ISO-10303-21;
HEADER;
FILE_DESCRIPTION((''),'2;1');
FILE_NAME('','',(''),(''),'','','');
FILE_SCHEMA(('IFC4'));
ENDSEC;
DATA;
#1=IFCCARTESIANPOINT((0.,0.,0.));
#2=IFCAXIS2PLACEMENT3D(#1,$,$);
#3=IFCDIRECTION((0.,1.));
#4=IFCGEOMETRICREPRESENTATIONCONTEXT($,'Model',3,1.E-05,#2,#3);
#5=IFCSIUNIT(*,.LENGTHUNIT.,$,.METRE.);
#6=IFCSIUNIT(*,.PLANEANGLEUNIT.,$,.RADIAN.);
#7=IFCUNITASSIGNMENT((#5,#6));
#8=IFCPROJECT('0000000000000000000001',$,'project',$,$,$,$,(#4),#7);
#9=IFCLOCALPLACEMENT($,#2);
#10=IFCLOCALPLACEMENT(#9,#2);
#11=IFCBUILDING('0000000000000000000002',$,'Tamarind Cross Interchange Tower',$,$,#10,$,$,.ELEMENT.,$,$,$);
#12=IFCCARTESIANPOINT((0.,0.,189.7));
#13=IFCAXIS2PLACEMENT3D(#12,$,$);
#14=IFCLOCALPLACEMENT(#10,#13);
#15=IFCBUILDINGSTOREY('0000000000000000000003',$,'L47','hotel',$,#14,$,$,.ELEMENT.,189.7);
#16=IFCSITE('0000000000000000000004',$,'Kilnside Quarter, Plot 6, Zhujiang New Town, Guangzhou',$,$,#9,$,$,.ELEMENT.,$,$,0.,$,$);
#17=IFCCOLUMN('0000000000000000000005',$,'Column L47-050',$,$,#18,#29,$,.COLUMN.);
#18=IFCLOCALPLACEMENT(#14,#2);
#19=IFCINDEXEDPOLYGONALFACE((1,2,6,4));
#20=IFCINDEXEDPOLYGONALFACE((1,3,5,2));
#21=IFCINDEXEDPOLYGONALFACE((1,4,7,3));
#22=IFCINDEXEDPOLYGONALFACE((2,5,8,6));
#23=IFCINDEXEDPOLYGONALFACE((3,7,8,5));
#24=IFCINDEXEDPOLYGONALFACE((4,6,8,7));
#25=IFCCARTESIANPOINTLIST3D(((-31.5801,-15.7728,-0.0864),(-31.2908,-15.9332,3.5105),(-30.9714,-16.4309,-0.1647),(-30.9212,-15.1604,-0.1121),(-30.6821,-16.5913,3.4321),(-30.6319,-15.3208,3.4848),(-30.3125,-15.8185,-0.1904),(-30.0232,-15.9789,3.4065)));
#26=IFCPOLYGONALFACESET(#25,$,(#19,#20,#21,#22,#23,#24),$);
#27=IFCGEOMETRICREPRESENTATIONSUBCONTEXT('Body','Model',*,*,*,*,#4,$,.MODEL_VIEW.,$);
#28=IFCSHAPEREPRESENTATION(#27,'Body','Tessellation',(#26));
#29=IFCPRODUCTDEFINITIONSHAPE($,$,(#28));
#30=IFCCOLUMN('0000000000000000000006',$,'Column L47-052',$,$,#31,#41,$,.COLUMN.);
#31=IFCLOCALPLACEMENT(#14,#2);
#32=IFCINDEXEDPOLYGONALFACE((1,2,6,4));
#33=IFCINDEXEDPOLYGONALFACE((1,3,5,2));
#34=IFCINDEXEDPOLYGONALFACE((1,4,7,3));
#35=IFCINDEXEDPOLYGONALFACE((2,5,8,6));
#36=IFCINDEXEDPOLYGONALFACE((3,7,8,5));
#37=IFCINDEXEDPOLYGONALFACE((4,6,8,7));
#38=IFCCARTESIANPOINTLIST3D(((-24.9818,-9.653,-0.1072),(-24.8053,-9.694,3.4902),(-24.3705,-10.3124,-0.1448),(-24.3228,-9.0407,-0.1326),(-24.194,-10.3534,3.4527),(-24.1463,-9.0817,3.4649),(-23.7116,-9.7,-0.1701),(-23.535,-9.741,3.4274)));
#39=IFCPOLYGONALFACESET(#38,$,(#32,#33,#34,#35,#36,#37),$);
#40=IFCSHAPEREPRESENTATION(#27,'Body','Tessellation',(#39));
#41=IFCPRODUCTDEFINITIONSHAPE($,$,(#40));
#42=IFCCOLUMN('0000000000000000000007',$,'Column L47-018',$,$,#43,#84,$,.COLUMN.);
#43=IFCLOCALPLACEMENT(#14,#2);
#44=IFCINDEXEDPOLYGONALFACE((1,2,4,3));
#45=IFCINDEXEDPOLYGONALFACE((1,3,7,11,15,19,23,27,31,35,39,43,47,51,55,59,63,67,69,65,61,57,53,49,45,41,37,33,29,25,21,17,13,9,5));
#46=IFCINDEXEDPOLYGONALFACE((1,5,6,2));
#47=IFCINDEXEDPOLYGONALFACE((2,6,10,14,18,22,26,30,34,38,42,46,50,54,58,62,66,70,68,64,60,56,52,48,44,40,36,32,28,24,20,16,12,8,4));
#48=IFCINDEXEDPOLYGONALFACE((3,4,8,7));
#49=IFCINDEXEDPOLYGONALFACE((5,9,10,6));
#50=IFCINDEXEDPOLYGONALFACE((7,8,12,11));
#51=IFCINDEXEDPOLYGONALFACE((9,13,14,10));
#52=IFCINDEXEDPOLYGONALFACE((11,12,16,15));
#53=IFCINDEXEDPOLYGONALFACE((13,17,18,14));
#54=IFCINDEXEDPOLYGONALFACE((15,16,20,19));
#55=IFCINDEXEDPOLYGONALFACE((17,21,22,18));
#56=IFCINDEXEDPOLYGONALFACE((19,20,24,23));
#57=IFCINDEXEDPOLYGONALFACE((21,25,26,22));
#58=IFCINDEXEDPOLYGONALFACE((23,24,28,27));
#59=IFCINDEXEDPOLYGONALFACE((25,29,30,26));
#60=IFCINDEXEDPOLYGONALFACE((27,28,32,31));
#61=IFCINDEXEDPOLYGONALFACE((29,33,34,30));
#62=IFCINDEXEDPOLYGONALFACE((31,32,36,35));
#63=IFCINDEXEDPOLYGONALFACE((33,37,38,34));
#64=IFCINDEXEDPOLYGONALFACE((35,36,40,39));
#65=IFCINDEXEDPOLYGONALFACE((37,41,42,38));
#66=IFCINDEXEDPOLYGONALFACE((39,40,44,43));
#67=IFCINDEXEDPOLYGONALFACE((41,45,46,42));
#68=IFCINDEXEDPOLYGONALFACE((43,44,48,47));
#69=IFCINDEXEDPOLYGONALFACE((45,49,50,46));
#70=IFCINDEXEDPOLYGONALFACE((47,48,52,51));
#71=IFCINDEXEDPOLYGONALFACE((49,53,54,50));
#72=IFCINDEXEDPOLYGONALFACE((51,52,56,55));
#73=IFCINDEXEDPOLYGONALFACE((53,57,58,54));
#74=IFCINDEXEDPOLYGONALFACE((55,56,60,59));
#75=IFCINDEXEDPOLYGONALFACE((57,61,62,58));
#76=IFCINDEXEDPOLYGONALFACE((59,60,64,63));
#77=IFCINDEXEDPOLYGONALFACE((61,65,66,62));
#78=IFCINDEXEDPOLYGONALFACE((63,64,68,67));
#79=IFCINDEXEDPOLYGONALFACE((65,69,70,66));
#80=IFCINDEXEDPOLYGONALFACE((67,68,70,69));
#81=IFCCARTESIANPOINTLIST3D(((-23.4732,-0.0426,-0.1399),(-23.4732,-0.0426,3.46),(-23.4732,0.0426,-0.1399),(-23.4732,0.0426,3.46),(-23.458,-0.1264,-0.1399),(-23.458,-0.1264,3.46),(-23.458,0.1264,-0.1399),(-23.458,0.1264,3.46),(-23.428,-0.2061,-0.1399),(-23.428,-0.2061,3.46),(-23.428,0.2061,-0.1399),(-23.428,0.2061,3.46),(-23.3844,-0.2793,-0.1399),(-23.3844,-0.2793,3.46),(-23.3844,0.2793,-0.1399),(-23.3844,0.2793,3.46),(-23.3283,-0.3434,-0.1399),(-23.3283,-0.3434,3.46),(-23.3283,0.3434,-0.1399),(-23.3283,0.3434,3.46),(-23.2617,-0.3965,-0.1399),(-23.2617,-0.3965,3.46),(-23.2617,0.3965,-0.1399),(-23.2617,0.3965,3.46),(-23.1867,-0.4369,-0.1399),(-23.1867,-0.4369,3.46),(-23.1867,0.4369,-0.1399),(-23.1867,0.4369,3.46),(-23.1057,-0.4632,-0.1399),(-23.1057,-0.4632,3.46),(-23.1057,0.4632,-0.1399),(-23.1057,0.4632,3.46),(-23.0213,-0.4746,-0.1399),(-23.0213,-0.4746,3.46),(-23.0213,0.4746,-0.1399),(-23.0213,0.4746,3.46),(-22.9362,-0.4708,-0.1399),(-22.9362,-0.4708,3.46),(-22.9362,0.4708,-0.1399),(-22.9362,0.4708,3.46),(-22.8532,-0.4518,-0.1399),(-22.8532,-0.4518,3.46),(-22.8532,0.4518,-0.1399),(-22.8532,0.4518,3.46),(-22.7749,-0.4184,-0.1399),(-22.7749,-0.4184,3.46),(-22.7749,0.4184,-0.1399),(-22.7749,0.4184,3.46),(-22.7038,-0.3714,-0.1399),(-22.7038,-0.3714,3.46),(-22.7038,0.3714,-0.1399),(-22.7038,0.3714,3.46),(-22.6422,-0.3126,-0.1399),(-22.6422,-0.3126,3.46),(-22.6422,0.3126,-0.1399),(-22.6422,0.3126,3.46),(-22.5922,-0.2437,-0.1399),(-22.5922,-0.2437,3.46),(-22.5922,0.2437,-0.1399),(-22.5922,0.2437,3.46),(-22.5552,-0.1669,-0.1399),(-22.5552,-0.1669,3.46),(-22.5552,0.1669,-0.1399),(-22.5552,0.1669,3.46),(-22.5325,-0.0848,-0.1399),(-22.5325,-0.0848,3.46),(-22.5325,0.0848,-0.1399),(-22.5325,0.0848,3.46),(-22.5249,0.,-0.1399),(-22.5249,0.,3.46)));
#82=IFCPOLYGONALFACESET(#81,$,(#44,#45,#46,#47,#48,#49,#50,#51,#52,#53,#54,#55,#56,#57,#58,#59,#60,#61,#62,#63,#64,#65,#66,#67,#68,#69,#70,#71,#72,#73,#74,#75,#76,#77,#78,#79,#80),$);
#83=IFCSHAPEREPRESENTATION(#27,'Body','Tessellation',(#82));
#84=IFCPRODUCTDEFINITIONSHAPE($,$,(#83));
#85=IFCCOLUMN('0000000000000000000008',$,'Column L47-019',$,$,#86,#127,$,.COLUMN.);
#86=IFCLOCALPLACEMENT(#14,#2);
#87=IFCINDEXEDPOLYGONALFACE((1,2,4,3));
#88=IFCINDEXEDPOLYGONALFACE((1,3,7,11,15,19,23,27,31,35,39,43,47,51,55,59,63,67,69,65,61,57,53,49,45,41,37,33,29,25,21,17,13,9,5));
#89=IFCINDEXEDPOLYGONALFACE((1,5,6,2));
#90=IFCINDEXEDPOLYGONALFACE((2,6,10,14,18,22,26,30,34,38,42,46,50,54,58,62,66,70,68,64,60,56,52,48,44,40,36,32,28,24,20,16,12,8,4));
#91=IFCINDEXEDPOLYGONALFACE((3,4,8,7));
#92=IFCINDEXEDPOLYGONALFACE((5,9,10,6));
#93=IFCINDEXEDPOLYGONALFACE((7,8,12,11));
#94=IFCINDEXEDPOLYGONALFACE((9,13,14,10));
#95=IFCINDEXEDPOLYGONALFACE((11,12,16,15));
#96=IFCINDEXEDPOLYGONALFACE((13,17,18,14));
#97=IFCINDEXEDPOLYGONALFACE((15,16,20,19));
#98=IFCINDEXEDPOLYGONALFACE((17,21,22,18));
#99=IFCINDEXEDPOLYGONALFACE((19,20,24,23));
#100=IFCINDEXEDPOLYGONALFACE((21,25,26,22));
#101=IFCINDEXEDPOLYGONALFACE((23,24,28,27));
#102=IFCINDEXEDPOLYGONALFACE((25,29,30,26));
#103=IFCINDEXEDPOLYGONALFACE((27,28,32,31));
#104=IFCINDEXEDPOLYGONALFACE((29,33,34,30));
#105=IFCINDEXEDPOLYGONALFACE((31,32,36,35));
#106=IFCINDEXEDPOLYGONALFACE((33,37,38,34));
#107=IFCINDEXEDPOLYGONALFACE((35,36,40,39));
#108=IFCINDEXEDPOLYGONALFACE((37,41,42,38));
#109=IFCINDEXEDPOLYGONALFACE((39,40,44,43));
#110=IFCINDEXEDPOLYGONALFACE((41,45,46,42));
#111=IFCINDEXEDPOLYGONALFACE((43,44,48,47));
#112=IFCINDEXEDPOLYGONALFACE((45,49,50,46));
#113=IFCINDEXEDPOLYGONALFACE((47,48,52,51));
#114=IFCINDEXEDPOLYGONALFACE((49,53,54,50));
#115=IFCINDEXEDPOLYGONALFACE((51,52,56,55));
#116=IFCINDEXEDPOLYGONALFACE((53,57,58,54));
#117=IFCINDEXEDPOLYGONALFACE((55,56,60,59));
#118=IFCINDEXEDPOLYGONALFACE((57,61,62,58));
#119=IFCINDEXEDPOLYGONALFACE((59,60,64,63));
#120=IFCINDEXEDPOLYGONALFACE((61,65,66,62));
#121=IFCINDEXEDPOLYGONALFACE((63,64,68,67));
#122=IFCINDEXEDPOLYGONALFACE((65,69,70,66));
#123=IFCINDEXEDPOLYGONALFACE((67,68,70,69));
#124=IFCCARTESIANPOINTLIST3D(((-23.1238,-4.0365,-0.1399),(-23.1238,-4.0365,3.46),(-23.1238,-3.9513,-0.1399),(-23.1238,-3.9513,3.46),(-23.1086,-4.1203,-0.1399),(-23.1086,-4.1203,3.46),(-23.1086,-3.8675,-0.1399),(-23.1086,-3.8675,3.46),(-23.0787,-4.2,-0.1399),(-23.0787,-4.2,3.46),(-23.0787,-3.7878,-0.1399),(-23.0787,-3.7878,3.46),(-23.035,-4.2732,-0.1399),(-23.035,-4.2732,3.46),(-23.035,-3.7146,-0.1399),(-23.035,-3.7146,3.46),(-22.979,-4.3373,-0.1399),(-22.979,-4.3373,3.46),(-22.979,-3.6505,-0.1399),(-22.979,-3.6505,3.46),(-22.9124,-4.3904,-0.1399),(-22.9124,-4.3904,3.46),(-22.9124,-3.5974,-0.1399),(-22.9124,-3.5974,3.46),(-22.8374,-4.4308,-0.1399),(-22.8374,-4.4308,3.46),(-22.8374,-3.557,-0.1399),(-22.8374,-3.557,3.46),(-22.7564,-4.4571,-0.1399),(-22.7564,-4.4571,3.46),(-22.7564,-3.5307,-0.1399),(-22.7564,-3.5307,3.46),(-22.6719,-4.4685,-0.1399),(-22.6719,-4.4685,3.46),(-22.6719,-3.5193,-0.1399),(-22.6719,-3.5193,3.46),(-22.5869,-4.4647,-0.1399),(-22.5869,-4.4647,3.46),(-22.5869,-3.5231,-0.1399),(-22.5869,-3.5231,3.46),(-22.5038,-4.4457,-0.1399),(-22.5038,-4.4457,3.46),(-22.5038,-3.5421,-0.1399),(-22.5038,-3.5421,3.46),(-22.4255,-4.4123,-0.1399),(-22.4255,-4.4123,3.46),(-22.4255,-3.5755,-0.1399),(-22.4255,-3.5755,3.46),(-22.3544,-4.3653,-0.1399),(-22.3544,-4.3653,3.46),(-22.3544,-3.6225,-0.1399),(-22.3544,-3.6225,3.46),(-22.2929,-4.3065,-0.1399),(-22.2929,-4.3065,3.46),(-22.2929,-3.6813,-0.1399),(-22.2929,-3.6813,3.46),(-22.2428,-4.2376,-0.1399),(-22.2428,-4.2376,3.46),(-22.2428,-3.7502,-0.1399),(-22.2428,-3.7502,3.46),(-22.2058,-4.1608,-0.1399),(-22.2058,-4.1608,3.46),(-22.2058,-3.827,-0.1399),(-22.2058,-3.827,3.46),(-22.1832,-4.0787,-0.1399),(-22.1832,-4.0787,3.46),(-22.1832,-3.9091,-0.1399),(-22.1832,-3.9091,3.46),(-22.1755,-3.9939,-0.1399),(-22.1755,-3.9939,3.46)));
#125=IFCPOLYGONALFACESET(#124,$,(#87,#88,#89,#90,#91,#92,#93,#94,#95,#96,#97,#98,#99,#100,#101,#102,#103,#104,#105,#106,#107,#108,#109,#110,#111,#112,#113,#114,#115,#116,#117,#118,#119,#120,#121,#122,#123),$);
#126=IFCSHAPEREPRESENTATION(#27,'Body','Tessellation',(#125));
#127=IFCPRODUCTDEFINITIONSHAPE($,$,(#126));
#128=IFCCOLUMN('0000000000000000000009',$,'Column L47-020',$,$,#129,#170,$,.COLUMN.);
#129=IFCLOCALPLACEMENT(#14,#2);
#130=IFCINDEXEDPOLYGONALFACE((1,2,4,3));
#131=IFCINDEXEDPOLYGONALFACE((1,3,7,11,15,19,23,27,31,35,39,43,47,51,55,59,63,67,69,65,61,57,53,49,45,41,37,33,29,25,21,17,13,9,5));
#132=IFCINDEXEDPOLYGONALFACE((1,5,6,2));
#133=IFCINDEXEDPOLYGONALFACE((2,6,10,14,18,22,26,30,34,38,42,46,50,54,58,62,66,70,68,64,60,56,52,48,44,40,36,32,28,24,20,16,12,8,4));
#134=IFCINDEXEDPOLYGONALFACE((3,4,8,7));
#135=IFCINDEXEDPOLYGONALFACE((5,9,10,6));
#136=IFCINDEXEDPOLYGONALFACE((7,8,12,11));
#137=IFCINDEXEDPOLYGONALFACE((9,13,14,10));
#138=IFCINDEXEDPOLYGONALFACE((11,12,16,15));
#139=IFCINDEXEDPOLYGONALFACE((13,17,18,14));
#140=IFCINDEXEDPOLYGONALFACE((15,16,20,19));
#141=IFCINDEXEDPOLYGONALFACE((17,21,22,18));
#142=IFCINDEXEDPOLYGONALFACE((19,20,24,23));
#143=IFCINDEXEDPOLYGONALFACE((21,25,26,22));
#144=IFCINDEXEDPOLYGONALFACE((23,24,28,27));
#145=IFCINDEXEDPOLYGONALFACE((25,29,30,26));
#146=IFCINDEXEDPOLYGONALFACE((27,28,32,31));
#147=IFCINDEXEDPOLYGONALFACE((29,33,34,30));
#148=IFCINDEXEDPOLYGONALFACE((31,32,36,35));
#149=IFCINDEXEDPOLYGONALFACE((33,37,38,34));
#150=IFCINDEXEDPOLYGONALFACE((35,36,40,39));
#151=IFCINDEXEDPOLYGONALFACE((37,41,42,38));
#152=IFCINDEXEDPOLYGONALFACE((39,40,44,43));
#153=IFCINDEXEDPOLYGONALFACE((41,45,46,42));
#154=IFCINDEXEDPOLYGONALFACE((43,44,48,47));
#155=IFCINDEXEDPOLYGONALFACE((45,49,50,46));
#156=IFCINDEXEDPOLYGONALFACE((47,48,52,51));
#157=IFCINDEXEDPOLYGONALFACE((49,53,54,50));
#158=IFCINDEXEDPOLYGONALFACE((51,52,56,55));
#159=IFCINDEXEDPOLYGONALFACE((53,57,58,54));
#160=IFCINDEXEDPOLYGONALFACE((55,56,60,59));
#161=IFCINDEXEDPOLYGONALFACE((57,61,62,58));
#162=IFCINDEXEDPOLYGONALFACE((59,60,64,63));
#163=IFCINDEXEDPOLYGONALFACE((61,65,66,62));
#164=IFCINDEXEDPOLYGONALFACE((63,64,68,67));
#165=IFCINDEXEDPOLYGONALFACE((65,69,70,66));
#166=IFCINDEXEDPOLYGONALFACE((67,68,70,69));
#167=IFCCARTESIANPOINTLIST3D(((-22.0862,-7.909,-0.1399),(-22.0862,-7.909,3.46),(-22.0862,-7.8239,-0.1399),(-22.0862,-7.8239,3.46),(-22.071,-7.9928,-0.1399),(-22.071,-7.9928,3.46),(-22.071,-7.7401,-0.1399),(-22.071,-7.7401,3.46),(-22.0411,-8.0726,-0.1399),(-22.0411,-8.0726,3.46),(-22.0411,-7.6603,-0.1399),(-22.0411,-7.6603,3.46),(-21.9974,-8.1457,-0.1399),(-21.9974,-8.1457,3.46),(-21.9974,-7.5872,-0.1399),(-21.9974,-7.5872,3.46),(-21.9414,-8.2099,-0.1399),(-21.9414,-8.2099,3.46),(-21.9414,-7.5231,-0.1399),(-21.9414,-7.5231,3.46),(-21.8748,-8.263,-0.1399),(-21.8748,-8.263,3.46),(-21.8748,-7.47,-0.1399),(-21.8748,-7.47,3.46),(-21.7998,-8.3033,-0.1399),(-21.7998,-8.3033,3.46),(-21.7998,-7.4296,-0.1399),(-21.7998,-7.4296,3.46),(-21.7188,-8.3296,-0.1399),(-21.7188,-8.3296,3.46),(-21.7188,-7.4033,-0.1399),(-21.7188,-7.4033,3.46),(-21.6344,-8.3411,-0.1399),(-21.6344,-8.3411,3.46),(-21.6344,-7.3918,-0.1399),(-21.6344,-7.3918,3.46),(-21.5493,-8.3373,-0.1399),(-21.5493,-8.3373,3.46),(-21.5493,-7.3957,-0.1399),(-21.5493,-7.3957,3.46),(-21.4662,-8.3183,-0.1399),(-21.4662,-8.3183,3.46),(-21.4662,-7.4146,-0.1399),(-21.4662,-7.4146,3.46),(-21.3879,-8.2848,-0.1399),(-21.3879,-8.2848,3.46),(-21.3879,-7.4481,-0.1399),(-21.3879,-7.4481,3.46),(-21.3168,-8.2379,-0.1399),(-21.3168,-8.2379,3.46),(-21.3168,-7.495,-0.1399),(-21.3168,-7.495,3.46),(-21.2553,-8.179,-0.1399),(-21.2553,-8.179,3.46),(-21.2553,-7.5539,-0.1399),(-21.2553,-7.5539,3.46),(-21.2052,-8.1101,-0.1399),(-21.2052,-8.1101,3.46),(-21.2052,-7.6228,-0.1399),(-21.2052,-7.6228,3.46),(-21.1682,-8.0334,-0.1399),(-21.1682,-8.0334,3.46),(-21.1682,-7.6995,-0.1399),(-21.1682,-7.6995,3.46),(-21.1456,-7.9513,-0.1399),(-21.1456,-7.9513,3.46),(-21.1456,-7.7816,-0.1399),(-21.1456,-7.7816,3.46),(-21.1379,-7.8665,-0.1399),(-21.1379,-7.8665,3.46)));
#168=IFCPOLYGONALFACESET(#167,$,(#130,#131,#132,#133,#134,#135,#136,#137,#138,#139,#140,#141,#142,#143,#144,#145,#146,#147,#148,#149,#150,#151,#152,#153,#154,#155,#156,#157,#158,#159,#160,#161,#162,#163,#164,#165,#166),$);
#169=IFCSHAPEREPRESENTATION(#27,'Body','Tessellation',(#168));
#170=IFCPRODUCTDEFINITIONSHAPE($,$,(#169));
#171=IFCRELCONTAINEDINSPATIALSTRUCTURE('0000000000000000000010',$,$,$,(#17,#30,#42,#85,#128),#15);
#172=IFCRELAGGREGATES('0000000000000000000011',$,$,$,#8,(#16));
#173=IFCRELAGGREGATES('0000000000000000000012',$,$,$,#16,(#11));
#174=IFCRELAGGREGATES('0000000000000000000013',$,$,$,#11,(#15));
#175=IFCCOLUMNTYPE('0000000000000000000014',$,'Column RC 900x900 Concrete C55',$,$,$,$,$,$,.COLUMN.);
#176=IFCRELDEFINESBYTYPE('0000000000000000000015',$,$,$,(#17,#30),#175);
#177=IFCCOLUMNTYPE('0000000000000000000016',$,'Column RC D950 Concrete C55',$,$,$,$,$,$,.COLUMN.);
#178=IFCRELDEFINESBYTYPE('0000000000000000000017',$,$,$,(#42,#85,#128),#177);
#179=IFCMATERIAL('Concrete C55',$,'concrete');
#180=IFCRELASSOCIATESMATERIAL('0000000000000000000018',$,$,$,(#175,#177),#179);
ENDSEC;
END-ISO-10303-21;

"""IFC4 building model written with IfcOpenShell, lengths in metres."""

from ifc_helpers import new_model, si_unit, direction, frame, origin, origin_2d, place, context, subcontext, project, spatial, rectangle, circle, extrude, material, material_profile, profile_set, type_object, element, save


model = new_model("IFC4")

# Units and contexts
model_context = context("Model", 3, precision=1e-05, world=origin(), true_north=direction((0.0, 1.0)))
body_context = subcontext(model_context, "Body", "Model", "MODEL_VIEW")
ifc_project = project(units=[si_unit("LENGTHUNIT", "METRE"), si_unit("PLANEANGLEUNIT", "RADIAN")], contexts=[model_context])

# Site, building, storey
site_placement = place(None, origin())
site = spatial("IfcSite", under=ifc_project, at=site_placement, Name="Kilnside Quarter, Plot 6, Zhujiang New Town, Guangzhou", CompositionType="ELEMENT", RefElevation=0.0)
building_placement = place(site_placement, origin())
building = spatial("IfcBuilding", under=site, at=building_placement, Name="Tamarind Cross Interchange Tower", CompositionType="ELEMENT")
storey_placement = place(building_placement, frame((0.0, 0.0, 189.7)))
storey = spatial("IfcBuildingStorey", under=building, at=storey_placement, Name="L47", Description="hotel", CompositionType="ELEMENT", Elevation=189.7)

# Columns
ifc_material_1 = material(Name="Concrete C55", Category="concrete")
ifc_material_profile_1 = material_profile(ifc_material_1, rectangle(XDim=0.8999, YDim=0.8999, at=origin_2d()), Name="RC 900x900")
ifc_profile_set_1 = profile_set([ifc_material_profile_1], Name="Concrete C55")
column_type_1 = type_object("IfcColumnType", Name="Column RC 900x900 Concrete C55", PredefinedType="COLUMN", material=ifc_profile_set_1)
column_1_placement = place(storey_placement, frame((-30.9463, -15.7957, -0.1384), z_axis=(0.080094, -0.044406, 0.995798), x_axis=(-0.676408, 0.731369, 0.087019)))
element("IfcColumn", 1, at=column_1_placement, inside=storey, type_object=column_type_1, Name="Column L47-050", PredefinedType="COLUMN", context=body_context, shape_type="SweptSolid", body=[
    extrude(rectangle(XDim=0.8999, YDim=0.8999, at=origin_2d()), origin(), (0.0, 0.0, 1.0), 3.6121),
])
column_2_placement = place(storey_placement, frame((-24.3467, -9.6765, -0.1387), z_axis=(0.049005, -0.011387, 0.998734), x_axis=(-0.679261, 0.732712, 0.041683)))
element("IfcColumn", 2, at=column_2_placement, inside=storey, type_object=column_type_1, Name="Column L47-052", PredefinedType="COLUMN", context=body_context, shape_type="SweptSolid", body=[
    extrude(rectangle(XDim=0.8999, YDim=0.8999, at=origin_2d()), origin(), (0.0, 0.0, 1.0), 3.6021),
])
ifc_material_profile_2 = material_profile(ifc_material_1, circle(Radius=0.4751, at=origin_2d()), Name="RC D950")
ifc_profile_set_2 = profile_set([ifc_material_profile_2], Name="Concrete C55")
column_type_2 = type_object("IfcColumnType", Name="Column RC D950 Concrete C55", PredefinedType="COLUMN", material=ifc_profile_set_2)
for number, where, z_axis, x_axis, name in (
    (3, (-23.0, 0.0, -0.1399), (0.0, 0.0, 1.0), (1.0, 0.0, 0.0), "Column L47-018"),
    (4, (-22.6506, -3.9939, -0.1399), (0.0, 0.0, 1.0), (1.0, 0.0, 0.0), "Column L47-019"),
    (5, (-21.613, -7.8665, -0.1399), (0.0, 0.0, 1.0), (1.0, 0.0, 0.0), "Column L47-020"),
):
    element("IfcColumn", number, at=place(storey_placement, frame(where, z_axis=z_axis, x_axis=x_axis)), inside=storey, type_object=column_type_2, Name=name, PredefinedType="COLUMN", context=body_context, shape_type="SweptSolid", body=[
        extrude(circle(Radius=0.4751, at=origin_2d()), origin(), (0.0, 0.0, 1.0), 3.5999),
    ])

save(model, "model.ifc")
